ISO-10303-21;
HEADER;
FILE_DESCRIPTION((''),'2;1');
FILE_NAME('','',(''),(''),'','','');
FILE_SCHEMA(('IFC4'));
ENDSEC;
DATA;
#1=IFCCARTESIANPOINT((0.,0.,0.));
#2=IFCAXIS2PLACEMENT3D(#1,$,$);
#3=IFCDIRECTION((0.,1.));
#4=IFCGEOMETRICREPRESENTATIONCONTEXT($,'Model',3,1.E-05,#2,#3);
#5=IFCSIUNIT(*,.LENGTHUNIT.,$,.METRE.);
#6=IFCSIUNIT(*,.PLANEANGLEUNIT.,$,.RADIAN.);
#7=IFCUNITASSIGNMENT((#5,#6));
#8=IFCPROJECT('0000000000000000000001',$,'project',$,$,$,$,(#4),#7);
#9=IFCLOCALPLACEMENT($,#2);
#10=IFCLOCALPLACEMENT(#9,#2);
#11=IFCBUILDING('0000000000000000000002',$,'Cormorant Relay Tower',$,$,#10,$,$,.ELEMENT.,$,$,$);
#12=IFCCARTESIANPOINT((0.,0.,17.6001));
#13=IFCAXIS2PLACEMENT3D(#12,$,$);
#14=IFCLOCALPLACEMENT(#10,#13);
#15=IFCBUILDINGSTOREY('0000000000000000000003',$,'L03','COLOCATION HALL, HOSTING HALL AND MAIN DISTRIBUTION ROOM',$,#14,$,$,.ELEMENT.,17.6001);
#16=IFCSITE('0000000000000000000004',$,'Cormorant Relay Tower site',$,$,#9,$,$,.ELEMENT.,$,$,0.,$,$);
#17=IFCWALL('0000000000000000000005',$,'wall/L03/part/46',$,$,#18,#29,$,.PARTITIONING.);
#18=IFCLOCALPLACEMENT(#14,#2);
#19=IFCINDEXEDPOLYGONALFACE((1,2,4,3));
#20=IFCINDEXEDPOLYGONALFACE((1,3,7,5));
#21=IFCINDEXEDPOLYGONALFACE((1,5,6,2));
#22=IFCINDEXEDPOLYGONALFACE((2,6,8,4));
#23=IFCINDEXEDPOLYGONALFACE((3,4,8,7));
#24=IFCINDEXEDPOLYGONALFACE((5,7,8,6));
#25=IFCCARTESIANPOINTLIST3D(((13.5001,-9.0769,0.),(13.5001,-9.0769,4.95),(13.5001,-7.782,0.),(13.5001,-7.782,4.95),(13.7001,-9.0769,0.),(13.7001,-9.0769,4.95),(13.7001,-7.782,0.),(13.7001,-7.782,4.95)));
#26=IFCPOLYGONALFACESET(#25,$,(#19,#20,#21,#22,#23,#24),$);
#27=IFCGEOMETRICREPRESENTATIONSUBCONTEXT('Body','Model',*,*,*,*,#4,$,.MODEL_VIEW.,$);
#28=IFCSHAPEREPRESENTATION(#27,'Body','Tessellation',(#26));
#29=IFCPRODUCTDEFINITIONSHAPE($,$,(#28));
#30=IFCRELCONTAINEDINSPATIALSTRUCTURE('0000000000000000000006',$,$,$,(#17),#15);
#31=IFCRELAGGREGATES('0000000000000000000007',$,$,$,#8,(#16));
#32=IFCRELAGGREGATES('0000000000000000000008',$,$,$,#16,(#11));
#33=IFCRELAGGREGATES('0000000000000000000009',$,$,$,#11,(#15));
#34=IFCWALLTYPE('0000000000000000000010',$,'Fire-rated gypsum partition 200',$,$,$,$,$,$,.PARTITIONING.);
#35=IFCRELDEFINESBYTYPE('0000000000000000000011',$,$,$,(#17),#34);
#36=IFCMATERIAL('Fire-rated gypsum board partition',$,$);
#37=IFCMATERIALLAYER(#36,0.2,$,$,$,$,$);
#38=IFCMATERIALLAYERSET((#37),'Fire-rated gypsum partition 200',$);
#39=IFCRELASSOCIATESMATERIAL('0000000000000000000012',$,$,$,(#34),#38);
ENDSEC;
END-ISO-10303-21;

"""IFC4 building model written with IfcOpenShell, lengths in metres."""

from ifc_helpers import new_model, si_unit, direction, frame, frame_2d, origin, place, context, subcontext, project, spatial, rectangle, extrude, material, layer, layer_set, type_object, element, save


model = new_model("IFC4")

# Units and contexts
model_context = context("Model", 3, precision=1e-05, world=origin(), true_north=direction((0.0, 1.0)))
body_context = subcontext(model_context, "Body", "Model", "MODEL_VIEW")
ifc_project = project(units=[si_unit("LENGTHUNIT", "METRE"), si_unit("PLANEANGLEUNIT", "RADIAN")], contexts=[model_context])

# Site, building, storey
site_placement = place(None, origin())
site = spatial("IfcSite", under=ifc_project, at=site_placement, Name="Cormorant Relay Tower site", CompositionType="ELEMENT", RefElevation=0.0)
building_placement = place(site_placement, origin())
building = spatial("IfcBuilding", under=site, at=building_placement, Name="Cormorant Relay Tower", CompositionType="ELEMENT")
storey_placement = place(building_placement, frame((0.0, 0.0, 17.6001)))
storey = spatial("IfcBuildingStorey", under=building, at=storey_placement, Name="L03", Description="COLOCATION HALL, HOSTING HALL AND MAIN DISTRIBUTION ROOM", CompositionType="ELEMENT", Elevation=17.6001)

# Wall
ifc_material_1 = material(Name="Fire-rated gypsum board partition")
ifc_layer_1 = layer(ifc_material_1, 0.2)
ifc_layer_set_1 = layer_set([ifc_layer_1], Name="Fire-rated gypsum partition 200")
wall_type_1 = type_object("IfcWallType", Name="Fire-rated gypsum partition 200", PredefinedType="PARTITIONING", material=ifc_layer_set_1)
wall_1_placement = place(storey_placement, frame((13.6001, -7.782, 0.0), z_axis=(0.0, 0.0, 1.0), x_axis=(0.0, -1.0, 0.0)))
element("IfcWall", 1, at=wall_1_placement, inside=storey, type_object=wall_type_1, Name="wall/L03/part/46", PredefinedType="PARTITIONING", context=body_context, shape_type="SweptSolid", body=[
    extrude(rectangle(XDim=1.2949, YDim=0.2, at=frame_2d((0.6475, 0.0))), origin(), (0.0, 0.0, 1.0), 4.95),
])

save(model, "model.ifc")
